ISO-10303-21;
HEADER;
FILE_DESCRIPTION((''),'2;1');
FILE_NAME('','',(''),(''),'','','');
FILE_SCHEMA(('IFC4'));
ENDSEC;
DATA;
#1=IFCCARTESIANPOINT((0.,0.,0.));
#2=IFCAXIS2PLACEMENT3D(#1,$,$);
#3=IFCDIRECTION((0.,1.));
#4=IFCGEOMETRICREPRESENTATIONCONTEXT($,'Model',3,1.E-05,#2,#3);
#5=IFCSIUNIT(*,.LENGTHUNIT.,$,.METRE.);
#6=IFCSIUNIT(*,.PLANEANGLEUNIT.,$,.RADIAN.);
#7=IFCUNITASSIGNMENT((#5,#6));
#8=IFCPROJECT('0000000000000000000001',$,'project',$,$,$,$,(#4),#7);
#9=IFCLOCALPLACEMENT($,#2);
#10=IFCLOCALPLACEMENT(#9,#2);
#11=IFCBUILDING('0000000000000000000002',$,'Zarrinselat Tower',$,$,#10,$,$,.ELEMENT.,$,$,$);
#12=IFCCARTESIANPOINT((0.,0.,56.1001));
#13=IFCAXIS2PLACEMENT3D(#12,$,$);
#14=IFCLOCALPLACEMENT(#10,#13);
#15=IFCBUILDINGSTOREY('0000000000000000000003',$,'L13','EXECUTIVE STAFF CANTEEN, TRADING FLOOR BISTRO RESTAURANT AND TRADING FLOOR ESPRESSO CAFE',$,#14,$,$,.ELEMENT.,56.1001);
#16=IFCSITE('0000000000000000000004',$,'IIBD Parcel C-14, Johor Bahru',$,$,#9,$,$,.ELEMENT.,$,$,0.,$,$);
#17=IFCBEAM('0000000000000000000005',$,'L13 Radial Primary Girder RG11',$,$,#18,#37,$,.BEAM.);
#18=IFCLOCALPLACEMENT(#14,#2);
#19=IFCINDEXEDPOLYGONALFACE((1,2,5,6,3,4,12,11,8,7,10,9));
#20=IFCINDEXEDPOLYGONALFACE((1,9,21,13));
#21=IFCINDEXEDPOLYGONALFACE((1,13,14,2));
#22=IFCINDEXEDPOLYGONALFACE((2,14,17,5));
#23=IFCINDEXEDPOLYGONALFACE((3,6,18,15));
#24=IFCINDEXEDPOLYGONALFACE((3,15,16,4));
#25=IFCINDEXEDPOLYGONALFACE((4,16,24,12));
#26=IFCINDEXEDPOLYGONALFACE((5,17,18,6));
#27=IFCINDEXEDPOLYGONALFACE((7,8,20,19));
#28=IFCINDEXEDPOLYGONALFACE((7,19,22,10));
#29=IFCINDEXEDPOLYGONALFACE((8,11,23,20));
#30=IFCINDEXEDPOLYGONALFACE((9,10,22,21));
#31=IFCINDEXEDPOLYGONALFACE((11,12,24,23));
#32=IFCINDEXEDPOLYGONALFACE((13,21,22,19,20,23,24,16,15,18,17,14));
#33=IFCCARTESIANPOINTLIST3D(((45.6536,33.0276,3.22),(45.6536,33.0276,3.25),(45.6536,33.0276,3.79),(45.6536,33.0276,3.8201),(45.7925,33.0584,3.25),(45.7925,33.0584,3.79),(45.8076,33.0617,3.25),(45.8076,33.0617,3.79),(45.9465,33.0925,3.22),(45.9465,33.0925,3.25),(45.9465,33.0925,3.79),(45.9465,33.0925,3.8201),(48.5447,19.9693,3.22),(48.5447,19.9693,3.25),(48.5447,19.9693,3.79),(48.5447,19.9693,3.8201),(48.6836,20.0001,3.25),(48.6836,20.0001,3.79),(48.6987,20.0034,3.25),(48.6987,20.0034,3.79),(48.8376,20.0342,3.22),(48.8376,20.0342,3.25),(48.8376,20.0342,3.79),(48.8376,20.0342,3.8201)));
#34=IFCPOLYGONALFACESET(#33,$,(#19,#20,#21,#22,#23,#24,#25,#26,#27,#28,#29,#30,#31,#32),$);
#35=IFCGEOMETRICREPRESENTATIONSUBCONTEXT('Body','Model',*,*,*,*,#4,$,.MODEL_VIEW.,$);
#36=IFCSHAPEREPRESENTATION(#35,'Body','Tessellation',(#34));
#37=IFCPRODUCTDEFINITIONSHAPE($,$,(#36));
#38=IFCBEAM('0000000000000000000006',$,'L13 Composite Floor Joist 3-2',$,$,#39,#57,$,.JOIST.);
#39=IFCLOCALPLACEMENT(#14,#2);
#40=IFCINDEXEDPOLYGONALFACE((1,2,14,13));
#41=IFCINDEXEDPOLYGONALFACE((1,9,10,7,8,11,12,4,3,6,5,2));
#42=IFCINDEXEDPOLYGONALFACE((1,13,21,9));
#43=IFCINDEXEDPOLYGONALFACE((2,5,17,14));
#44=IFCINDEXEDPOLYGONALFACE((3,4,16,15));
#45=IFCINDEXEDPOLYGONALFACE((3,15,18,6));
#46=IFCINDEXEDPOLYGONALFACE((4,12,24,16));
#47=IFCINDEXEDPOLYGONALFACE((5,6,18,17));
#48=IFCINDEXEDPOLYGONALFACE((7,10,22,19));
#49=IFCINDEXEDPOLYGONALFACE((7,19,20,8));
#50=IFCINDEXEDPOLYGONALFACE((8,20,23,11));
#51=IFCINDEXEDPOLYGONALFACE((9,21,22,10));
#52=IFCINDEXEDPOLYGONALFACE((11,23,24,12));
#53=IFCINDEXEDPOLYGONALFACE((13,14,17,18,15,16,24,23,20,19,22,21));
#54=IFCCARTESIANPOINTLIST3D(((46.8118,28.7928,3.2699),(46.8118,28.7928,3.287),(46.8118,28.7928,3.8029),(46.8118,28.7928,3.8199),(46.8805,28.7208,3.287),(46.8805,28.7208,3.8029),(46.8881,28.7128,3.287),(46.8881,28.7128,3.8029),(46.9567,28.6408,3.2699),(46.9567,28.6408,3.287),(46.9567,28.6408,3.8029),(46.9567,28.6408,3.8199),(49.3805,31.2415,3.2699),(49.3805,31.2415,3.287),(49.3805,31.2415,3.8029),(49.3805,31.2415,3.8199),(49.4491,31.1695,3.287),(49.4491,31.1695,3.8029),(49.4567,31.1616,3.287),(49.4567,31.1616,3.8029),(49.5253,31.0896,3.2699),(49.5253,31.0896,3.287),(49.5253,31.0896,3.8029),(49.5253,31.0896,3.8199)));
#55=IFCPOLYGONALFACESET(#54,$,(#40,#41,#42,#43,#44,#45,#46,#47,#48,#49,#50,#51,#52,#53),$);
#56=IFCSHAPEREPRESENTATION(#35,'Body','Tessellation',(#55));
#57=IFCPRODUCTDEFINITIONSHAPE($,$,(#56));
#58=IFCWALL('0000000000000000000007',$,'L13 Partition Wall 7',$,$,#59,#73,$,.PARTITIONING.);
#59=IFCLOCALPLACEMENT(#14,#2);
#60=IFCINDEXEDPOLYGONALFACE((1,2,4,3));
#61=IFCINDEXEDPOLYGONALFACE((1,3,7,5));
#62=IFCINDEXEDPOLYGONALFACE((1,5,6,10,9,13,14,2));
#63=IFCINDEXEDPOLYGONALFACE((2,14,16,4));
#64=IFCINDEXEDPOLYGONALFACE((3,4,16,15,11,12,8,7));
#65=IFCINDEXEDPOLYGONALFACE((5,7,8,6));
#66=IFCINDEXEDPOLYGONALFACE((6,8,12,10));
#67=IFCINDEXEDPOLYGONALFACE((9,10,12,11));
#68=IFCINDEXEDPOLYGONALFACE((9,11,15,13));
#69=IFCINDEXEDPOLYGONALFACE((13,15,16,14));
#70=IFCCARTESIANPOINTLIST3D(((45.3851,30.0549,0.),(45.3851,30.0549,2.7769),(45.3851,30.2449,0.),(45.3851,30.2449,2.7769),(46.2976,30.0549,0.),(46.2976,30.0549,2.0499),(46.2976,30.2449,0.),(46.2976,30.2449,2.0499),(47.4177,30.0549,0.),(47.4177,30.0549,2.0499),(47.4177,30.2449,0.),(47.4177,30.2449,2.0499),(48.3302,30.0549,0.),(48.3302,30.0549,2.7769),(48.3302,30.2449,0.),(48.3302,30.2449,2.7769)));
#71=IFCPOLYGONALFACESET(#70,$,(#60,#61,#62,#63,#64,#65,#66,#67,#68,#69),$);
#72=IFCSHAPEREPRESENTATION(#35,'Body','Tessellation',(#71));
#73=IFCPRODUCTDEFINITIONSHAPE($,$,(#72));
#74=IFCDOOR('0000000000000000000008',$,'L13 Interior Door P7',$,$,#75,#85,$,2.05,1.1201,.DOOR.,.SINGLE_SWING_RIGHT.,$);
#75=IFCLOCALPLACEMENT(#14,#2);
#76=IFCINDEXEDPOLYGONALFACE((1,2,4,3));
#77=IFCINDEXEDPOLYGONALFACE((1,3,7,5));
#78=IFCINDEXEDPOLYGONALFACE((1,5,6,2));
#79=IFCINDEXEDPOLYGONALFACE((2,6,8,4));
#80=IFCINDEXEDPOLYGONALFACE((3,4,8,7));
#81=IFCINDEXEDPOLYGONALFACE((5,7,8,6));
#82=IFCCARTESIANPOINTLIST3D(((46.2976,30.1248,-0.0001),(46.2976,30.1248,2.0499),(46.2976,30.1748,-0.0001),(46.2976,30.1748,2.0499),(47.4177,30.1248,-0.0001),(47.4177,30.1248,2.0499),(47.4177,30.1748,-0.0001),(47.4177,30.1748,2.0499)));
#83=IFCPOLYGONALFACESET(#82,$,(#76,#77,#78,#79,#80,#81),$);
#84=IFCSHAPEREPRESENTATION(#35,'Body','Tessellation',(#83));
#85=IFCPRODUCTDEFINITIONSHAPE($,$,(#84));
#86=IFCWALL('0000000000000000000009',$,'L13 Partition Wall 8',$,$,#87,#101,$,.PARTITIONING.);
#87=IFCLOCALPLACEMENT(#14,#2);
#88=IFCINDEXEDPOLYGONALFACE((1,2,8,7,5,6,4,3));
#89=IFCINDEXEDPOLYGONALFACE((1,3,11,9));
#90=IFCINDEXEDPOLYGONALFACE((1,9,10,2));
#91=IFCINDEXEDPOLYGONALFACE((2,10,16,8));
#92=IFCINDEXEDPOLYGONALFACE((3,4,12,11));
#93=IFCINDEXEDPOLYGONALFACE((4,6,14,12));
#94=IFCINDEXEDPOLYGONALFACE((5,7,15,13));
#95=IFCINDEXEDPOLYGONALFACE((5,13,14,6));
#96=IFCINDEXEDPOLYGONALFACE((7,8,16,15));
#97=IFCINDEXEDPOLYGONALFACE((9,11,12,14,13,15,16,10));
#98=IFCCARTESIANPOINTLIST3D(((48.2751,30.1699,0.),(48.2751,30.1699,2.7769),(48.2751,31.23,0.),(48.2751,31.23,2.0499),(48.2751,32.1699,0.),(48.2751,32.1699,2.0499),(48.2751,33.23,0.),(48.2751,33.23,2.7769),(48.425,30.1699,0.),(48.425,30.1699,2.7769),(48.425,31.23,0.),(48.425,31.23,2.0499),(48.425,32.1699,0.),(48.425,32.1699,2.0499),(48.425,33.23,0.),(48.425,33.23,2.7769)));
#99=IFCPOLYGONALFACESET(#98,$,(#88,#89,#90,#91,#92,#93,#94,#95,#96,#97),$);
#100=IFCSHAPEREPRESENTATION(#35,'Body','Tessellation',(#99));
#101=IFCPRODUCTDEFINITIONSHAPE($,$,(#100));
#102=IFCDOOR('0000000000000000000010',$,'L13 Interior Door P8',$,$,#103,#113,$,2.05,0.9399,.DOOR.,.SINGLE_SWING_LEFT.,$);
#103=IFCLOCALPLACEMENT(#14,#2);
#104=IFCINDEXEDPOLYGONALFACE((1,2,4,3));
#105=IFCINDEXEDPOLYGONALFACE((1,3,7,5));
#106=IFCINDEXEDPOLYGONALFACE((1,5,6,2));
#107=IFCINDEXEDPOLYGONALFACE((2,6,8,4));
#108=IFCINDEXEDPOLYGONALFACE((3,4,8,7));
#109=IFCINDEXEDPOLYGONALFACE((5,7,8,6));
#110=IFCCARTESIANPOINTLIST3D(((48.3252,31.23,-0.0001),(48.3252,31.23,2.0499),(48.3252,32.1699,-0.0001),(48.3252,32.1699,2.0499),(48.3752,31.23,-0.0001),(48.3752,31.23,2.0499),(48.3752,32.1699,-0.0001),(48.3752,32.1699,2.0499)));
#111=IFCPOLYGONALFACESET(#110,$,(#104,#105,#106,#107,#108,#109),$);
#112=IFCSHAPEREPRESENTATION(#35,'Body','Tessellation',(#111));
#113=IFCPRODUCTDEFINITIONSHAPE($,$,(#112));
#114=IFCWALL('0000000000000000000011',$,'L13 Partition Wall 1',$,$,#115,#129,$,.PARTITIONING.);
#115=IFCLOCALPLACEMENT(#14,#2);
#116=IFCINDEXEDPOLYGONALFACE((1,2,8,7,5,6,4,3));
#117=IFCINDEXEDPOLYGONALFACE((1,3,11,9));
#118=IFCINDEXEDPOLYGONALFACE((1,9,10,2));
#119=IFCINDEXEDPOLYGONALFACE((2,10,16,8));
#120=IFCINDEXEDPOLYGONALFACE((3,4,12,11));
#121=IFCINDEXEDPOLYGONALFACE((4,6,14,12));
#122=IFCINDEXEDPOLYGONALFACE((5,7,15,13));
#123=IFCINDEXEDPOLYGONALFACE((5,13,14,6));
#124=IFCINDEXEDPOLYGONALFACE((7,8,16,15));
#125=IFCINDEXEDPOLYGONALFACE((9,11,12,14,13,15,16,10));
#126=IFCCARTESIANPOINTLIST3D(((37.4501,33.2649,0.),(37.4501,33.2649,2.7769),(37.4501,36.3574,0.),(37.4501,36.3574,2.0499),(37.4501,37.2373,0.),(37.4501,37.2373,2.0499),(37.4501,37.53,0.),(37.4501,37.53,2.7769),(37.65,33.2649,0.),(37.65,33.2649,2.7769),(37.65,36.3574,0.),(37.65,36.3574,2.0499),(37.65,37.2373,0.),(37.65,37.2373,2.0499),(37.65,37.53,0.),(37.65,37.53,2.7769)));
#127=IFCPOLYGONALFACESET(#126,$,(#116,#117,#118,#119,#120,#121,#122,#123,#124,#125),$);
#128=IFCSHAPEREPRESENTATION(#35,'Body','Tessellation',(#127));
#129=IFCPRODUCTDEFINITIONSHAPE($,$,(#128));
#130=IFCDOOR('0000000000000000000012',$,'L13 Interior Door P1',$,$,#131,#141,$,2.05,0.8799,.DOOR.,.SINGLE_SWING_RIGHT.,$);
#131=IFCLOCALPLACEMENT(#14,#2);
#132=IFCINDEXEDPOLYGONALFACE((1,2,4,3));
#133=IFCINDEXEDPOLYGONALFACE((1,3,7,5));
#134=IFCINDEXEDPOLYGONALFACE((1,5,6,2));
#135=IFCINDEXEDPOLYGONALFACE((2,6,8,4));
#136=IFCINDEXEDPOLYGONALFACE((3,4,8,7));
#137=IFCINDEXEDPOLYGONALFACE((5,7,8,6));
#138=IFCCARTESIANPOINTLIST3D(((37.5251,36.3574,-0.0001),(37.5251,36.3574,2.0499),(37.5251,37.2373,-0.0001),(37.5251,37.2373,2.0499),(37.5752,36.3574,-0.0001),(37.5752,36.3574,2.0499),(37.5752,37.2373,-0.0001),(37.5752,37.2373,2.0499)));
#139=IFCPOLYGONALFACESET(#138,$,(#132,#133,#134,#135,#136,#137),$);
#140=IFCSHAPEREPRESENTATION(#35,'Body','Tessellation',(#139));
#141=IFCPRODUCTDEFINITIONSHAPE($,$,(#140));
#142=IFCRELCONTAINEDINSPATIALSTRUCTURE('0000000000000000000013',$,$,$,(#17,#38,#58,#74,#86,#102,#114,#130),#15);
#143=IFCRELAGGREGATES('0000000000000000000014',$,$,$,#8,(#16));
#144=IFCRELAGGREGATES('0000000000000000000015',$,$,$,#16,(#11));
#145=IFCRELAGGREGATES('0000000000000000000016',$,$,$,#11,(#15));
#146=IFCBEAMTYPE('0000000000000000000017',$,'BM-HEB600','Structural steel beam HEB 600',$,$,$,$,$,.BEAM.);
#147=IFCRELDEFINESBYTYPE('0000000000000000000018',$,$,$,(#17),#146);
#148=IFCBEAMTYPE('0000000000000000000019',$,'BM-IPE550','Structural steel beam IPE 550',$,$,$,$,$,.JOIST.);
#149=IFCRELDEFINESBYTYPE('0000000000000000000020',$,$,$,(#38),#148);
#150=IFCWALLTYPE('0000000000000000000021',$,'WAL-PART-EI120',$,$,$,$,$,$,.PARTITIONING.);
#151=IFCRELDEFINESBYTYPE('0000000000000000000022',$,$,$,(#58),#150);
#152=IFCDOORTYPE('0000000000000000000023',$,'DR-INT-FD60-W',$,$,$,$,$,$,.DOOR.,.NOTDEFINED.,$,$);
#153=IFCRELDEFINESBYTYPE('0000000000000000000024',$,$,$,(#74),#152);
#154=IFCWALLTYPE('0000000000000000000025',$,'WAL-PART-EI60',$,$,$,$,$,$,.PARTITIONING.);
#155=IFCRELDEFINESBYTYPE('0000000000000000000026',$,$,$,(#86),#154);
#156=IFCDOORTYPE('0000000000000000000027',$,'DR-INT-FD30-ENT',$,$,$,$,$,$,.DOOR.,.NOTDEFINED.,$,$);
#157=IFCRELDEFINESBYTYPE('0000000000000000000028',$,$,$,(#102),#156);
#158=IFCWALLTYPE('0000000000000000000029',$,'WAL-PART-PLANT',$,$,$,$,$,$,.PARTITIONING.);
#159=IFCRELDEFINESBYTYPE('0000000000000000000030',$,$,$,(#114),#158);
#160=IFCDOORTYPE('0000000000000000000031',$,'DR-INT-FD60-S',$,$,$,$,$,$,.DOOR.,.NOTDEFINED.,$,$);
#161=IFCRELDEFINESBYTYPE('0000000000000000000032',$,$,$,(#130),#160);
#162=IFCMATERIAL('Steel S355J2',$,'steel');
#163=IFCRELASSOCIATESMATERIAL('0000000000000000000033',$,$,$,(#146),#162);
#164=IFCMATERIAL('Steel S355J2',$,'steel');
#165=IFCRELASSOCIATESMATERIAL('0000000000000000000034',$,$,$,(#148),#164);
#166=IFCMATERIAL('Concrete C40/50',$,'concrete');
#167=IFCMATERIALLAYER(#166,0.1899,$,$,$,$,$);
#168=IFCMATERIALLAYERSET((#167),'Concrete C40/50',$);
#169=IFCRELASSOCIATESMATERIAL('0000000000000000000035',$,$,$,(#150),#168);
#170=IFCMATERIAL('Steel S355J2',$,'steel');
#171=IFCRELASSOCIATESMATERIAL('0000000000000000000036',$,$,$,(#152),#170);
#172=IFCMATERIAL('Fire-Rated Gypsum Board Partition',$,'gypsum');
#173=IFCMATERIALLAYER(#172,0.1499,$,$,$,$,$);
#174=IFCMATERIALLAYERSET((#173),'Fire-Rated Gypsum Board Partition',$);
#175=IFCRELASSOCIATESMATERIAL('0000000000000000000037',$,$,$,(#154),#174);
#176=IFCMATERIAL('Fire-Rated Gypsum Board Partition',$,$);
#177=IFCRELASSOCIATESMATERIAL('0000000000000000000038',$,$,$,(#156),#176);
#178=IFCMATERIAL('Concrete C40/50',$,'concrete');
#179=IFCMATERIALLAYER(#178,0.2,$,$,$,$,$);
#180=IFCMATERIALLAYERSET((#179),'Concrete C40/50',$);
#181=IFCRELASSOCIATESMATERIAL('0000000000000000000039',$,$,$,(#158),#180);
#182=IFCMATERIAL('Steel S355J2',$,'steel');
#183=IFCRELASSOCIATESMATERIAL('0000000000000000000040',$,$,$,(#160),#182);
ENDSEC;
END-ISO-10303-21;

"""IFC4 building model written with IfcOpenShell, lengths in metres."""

from ifc_helpers import new_model, si_unit, direction, frame, frame_2d, origin, origin_2d, place, context, subcontext, project, spatial, rectangle, i_section, extrude, material, layer, layer_set, material_profile, profile_set, type_object, element, fill, save


model = new_model("IFC4")

# Units and contexts
model_context = context("Model", 3, precision=1e-05, world=origin(), true_north=direction((0.0, 1.0)))
body_context = subcontext(model_context, "Body", "Model", "MODEL_VIEW")
ifc_project = project(units=[si_unit("LENGTHUNIT", "METRE"), si_unit("PLANEANGLEUNIT", "RADIAN")], contexts=[model_context])

# Site, building, storey
site_placement = place(None, origin())
site = spatial("IfcSite", under=ifc_project, at=site_placement, Name="IIBD Parcel C-14, Johor Bahru", CompositionType="ELEMENT", RefElevation=0.0)
building_placement = place(site_placement, origin())
building = spatial("IfcBuilding", under=site, at=building_placement, Name="Zarrinselat Tower", CompositionType="ELEMENT")
storey_placement = place(building_placement, frame((0.0, 0.0, 56.1001)))
storey = spatial("IfcBuildingStorey", under=building, at=storey_placement, Name="L13", Description="EXECUTIVE STAFF CANTEEN, TRADING FLOOR BISTRO RESTAURANT AND TRADING FLOOR ESPRESSO CAFE", CompositionType="ELEMENT", Elevation=56.1001)

# Beams
ifc_material_1 = material(Name="Steel S355J2", Category="steel")
ifc_material_profile_1 = material_profile(ifc_material_1, i_section(OverallWidth=0.3, OverallDepth=0.6001, WebThickness=0.0154, FlangeThickness=0.03, at=origin_2d()), Name="HEB 600")
ifc_profile_set_1 = profile_set([ifc_material_profile_1], Name="Steel S355J2")
beam_type_1 = type_object("IfcBeamType", Name="BM-HEB600", Description="Structural steel beam HEB 600", PredefinedType="BEAM", material=ifc_profile_set_1)
beam_1_placement = place(storey_placement, frame((45.8, 33.0601, 3.52), z_axis=(0.216165, -0.976357, 0.0), x_axis=(0.976357, 0.216165, 0.0)))
element("IfcBeam", 1, at=beam_1_placement, inside=storey, type_object=beam_type_1, Name="L13 Radial Primary Girder RG11", PredefinedType="BEAM", context=body_context, shape_type="SweptSolid", body=[
    extrude(i_section(OverallWidth=0.3, OverallDepth=0.6001, WebThickness=0.0154, FlangeThickness=0.03, at=origin_2d()), origin(), (0.0, 0.0, 1.0), 13.3745),
])
ifc_material_2 = material(Name="Steel S355J2", Category="steel")
ifc_material_profile_2 = material_profile(ifc_material_2, i_section(OverallWidth=0.21, OverallDepth=0.55, WebThickness=0.011, FlangeThickness=0.0171, at=origin_2d()), Name="IPE 550")
ifc_profile_set_2 = profile_set([ifc_material_profile_2], Name="Steel S355J2")
beam_type_2 = type_object("IfcBeamType", Name="BM-IPE550", Description="Structural steel beam IPE 550", PredefinedType="JOIST", material=ifc_profile_set_2)
beam_2_placement = place(storey_placement, frame((46.8843, 28.7168, 3.5449), z_axis=(0.723794, 0.690016, 0.0), x_axis=(-0.690016, 0.723794, 0.0)))
element("IfcBeam", 2, at=beam_2_placement, inside=storey, type_object=beam_type_2, Name="L13 Composite Floor Joist 3-2", PredefinedType="JOIST", context=body_context, shape_type="SweptSolid", body=[
    extrude(i_section(OverallWidth=0.21, OverallDepth=0.55, WebThickness=0.011, FlangeThickness=0.0171, at=origin_2d()), origin(), (0.0, 0.0, 1.0), 3.5488),
])

# Walls, openings, doors
ifc_material_3 = material(Name="Concrete C40/50", Category="concrete")
ifc_layer_1 = layer(ifc_material_3, 0.1899)
ifc_layer_set_1 = layer_set([ifc_layer_1], Name="Concrete C40/50")
wall_type_1 = type_object("IfcWallType", Name="WAL-PART-EI120", PredefinedType="PARTITIONING", material=ifc_layer_set_1)
wall_1_placement = place(storey_placement, frame((45.385, 30.1499, 0.0), z_axis=(0.0, 0.0, 1.0), x_axis=(1.0, 0.0, 0.0)))
wall_1 = element("IfcWall", 3, at=wall_1_placement, inside=storey, type_object=wall_type_1, Name="L13 Partition Wall 7", PredefinedType="PARTITIONING", context=body_context, shape_type="SweptSolid", body=[
    extrude(rectangle(XDim=2.9451, YDim=0.1899, at=frame_2d((1.4727, 0.0))), origin(), (0.0, 0.0, 1.0), 2.7769),
])
opening_1_placement = place(wall_1_placement, frame((0.9126, 0.0, 0.0)))
opening_1 = element("IfcOpeningElement", 4, at=opening_1_placement, cuts=wall_1, PredefinedType="OPENING", context=body_context, shape_type="SweptSolid", body=[
    extrude(rectangle(XDim=1.1201, YDim=2.05, at=frame_2d((0.5601, 1.0249))), frame((0.0, 0.105, 0.0), z_axis=(0.0, -1.0, 0.0), x_axis=(1.0, 0.0, 0.0)), (0.0, 0.0, 1.0), 0.21),
])
ifc_material_4 = material(Name="Steel S355J2", Category="steel")
door_type_1 = type_object("IfcDoorType", Name="DR-INT-FD60-W", OperationType="NOTDEFINED", PredefinedType="DOOR", material=ifc_material_4)
door_1_placement = place(opening_1_placement, origin())
door_1 = element("IfcDoor", 5, at=door_1_placement, inside=storey, type_object=door_type_1, Name="L13 Interior Door P7", OperationType="SINGLE_SWING_RIGHT", OverallHeight=2.05, OverallWidth=1.1201, PredefinedType="DOOR", context=body_context, shape_type="SweptSolid", body=[
    extrude(rectangle(XDim=1.1201, YDim=2.05, at=frame_2d((0.5601, 1.0249))), frame((0.0, 0.0249, 0.0), z_axis=(0.0, -1.0, 0.0), x_axis=(1.0, 0.0, 0.0)), (0.0, 0.0, 1.0), 0.05),
])
fill(opening_1, door_1)
ifc_material_5 = material(Name="Fire-Rated Gypsum Board Partition", Category="gypsum")
ifc_layer_2 = layer(ifc_material_5, 0.1499)
ifc_layer_set_2 = layer_set([ifc_layer_2], Name="Fire-Rated Gypsum Board Partition")
wall_type_2 = type_object("IfcWallType", Name="WAL-PART-EI60", PredefinedType="PARTITIONING", material=ifc_layer_set_2)
wall_2_placement = place(storey_placement, frame((48.3501, 30.1699, 0.0), z_axis=(0.0, 0.0, 1.0), x_axis=(0.0, 1.0, 0.0)))
wall_2 = element("IfcWall", 6, at=wall_2_placement, inside=storey, type_object=wall_type_2, Name="L13 Partition Wall 8", PredefinedType="PARTITIONING", context=body_context, shape_type="SweptSolid", body=[
    extrude(rectangle(XDim=3.0601, YDim=0.1499, at=frame_2d((1.53, 0.0))), origin(), (0.0, 0.0, 1.0), 2.7769),
])
opening_2_placement = place(wall_2_placement, frame((1.0601, 0.0, 0.0)))
opening_2 = element("IfcOpeningElement", 7, at=opening_2_placement, cuts=wall_2, PredefinedType="OPENING", context=body_context, shape_type="SweptSolid", body=[
    extrude(rectangle(XDim=0.9399, YDim=2.05, at=frame_2d((0.47, 1.0249))), frame((0.0, 0.085, 0.0), z_axis=(0.0, -1.0, 0.0), x_axis=(1.0, 0.0, 0.0)), (0.0, 0.0, 1.0), 0.1699),
])
ifc_material_6 = material(Name="Fire-Rated Gypsum Board Partition")
door_type_2 = type_object("IfcDoorType", Name="DR-INT-FD30-ENT", OperationType="NOTDEFINED", PredefinedType="DOOR", material=ifc_material_6)
door_2_placement = place(opening_2_placement, origin())
door_2 = element("IfcDoor", 8, at=door_2_placement, inside=storey, type_object=door_type_2, Name="L13 Interior Door P8", OperationType="SINGLE_SWING_LEFT", OverallHeight=2.05, OverallWidth=0.9399, PredefinedType="DOOR", context=body_context, shape_type="SweptSolid", body=[
    extrude(rectangle(XDim=0.9399, YDim=2.05, at=frame_2d((0.47, 1.0249))), frame((0.0, 0.0249, 0.0), z_axis=(0.0, -1.0, 0.0), x_axis=(1.0, 0.0, 0.0)), (0.0, 0.0, 1.0), 0.05),
])
fill(opening_2, door_2)
ifc_material_7 = material(Name="Concrete C40/50", Category="concrete")
ifc_layer_3 = layer(ifc_material_7, 0.2)
ifc_layer_set_3 = layer_set([ifc_layer_3], Name="Concrete C40/50")
wall_type_3 = type_object("IfcWallType", Name="WAL-PART-PLANT", PredefinedType="PARTITIONING", material=ifc_layer_set_3)
wall_3_placement = place(storey_placement, frame((37.55, 33.2649, 0.0), z_axis=(0.0, 0.0, 1.0), x_axis=(0.0, 1.0, 0.0)))
wall_3 = element("IfcWall", 9, at=wall_3_placement, inside=storey, type_object=wall_type_3, Name="L13 Partition Wall 1", PredefinedType="PARTITIONING", context=body_context, shape_type="SweptSolid", body=[
    extrude(rectangle(XDim=4.2651, YDim=0.2, at=frame_2d((2.1326, 0.0))), origin(), (0.0, 0.0, 1.0), 2.7769),
])
opening_3_placement = place(wall_3_placement, frame((3.0925, 0.0, 0.0)))
opening_3 = element("IfcOpeningElement", 10, at=opening_3_placement, cuts=wall_3, PredefinedType="OPENING", context=body_context, shape_type="SweptSolid", body=[
    extrude(rectangle(XDim=0.8799, YDim=2.05, at=frame_2d((0.4399, 1.0249))), frame((0.0, 0.1099, 0.0), z_axis=(0.0, -1.0, 0.0), x_axis=(1.0, 0.0, 0.0)), (0.0, 0.0, 1.0), 0.22),
])
ifc_material_8 = material(Name="Steel S355J2", Category="steel")
door_type_3 = type_object("IfcDoorType", Name="DR-INT-FD60-S", OperationType="NOTDEFINED", PredefinedType="DOOR", material=ifc_material_8)
door_3_placement = place(opening_3_placement, origin())
door_3 = element("IfcDoor", 11, at=door_3_placement, inside=storey, type_object=door_type_3, Name="L13 Interior Door P1", OperationType="SINGLE_SWING_RIGHT", OverallHeight=2.05, OverallWidth=0.8799, PredefinedType="DOOR", context=body_context, shape_type="SweptSolid", body=[
    extrude(rectangle(XDim=0.8799, YDim=2.05, at=frame_2d((0.4399, 1.0249))), frame((0.0, 0.0249, 0.0), z_axis=(0.0, -1.0, 0.0), x_axis=(1.0, 0.0, 0.0)), (0.0, 0.0, 1.0), 0.05),
])
fill(opening_3, door_3)

save(model, "model.ifc")
